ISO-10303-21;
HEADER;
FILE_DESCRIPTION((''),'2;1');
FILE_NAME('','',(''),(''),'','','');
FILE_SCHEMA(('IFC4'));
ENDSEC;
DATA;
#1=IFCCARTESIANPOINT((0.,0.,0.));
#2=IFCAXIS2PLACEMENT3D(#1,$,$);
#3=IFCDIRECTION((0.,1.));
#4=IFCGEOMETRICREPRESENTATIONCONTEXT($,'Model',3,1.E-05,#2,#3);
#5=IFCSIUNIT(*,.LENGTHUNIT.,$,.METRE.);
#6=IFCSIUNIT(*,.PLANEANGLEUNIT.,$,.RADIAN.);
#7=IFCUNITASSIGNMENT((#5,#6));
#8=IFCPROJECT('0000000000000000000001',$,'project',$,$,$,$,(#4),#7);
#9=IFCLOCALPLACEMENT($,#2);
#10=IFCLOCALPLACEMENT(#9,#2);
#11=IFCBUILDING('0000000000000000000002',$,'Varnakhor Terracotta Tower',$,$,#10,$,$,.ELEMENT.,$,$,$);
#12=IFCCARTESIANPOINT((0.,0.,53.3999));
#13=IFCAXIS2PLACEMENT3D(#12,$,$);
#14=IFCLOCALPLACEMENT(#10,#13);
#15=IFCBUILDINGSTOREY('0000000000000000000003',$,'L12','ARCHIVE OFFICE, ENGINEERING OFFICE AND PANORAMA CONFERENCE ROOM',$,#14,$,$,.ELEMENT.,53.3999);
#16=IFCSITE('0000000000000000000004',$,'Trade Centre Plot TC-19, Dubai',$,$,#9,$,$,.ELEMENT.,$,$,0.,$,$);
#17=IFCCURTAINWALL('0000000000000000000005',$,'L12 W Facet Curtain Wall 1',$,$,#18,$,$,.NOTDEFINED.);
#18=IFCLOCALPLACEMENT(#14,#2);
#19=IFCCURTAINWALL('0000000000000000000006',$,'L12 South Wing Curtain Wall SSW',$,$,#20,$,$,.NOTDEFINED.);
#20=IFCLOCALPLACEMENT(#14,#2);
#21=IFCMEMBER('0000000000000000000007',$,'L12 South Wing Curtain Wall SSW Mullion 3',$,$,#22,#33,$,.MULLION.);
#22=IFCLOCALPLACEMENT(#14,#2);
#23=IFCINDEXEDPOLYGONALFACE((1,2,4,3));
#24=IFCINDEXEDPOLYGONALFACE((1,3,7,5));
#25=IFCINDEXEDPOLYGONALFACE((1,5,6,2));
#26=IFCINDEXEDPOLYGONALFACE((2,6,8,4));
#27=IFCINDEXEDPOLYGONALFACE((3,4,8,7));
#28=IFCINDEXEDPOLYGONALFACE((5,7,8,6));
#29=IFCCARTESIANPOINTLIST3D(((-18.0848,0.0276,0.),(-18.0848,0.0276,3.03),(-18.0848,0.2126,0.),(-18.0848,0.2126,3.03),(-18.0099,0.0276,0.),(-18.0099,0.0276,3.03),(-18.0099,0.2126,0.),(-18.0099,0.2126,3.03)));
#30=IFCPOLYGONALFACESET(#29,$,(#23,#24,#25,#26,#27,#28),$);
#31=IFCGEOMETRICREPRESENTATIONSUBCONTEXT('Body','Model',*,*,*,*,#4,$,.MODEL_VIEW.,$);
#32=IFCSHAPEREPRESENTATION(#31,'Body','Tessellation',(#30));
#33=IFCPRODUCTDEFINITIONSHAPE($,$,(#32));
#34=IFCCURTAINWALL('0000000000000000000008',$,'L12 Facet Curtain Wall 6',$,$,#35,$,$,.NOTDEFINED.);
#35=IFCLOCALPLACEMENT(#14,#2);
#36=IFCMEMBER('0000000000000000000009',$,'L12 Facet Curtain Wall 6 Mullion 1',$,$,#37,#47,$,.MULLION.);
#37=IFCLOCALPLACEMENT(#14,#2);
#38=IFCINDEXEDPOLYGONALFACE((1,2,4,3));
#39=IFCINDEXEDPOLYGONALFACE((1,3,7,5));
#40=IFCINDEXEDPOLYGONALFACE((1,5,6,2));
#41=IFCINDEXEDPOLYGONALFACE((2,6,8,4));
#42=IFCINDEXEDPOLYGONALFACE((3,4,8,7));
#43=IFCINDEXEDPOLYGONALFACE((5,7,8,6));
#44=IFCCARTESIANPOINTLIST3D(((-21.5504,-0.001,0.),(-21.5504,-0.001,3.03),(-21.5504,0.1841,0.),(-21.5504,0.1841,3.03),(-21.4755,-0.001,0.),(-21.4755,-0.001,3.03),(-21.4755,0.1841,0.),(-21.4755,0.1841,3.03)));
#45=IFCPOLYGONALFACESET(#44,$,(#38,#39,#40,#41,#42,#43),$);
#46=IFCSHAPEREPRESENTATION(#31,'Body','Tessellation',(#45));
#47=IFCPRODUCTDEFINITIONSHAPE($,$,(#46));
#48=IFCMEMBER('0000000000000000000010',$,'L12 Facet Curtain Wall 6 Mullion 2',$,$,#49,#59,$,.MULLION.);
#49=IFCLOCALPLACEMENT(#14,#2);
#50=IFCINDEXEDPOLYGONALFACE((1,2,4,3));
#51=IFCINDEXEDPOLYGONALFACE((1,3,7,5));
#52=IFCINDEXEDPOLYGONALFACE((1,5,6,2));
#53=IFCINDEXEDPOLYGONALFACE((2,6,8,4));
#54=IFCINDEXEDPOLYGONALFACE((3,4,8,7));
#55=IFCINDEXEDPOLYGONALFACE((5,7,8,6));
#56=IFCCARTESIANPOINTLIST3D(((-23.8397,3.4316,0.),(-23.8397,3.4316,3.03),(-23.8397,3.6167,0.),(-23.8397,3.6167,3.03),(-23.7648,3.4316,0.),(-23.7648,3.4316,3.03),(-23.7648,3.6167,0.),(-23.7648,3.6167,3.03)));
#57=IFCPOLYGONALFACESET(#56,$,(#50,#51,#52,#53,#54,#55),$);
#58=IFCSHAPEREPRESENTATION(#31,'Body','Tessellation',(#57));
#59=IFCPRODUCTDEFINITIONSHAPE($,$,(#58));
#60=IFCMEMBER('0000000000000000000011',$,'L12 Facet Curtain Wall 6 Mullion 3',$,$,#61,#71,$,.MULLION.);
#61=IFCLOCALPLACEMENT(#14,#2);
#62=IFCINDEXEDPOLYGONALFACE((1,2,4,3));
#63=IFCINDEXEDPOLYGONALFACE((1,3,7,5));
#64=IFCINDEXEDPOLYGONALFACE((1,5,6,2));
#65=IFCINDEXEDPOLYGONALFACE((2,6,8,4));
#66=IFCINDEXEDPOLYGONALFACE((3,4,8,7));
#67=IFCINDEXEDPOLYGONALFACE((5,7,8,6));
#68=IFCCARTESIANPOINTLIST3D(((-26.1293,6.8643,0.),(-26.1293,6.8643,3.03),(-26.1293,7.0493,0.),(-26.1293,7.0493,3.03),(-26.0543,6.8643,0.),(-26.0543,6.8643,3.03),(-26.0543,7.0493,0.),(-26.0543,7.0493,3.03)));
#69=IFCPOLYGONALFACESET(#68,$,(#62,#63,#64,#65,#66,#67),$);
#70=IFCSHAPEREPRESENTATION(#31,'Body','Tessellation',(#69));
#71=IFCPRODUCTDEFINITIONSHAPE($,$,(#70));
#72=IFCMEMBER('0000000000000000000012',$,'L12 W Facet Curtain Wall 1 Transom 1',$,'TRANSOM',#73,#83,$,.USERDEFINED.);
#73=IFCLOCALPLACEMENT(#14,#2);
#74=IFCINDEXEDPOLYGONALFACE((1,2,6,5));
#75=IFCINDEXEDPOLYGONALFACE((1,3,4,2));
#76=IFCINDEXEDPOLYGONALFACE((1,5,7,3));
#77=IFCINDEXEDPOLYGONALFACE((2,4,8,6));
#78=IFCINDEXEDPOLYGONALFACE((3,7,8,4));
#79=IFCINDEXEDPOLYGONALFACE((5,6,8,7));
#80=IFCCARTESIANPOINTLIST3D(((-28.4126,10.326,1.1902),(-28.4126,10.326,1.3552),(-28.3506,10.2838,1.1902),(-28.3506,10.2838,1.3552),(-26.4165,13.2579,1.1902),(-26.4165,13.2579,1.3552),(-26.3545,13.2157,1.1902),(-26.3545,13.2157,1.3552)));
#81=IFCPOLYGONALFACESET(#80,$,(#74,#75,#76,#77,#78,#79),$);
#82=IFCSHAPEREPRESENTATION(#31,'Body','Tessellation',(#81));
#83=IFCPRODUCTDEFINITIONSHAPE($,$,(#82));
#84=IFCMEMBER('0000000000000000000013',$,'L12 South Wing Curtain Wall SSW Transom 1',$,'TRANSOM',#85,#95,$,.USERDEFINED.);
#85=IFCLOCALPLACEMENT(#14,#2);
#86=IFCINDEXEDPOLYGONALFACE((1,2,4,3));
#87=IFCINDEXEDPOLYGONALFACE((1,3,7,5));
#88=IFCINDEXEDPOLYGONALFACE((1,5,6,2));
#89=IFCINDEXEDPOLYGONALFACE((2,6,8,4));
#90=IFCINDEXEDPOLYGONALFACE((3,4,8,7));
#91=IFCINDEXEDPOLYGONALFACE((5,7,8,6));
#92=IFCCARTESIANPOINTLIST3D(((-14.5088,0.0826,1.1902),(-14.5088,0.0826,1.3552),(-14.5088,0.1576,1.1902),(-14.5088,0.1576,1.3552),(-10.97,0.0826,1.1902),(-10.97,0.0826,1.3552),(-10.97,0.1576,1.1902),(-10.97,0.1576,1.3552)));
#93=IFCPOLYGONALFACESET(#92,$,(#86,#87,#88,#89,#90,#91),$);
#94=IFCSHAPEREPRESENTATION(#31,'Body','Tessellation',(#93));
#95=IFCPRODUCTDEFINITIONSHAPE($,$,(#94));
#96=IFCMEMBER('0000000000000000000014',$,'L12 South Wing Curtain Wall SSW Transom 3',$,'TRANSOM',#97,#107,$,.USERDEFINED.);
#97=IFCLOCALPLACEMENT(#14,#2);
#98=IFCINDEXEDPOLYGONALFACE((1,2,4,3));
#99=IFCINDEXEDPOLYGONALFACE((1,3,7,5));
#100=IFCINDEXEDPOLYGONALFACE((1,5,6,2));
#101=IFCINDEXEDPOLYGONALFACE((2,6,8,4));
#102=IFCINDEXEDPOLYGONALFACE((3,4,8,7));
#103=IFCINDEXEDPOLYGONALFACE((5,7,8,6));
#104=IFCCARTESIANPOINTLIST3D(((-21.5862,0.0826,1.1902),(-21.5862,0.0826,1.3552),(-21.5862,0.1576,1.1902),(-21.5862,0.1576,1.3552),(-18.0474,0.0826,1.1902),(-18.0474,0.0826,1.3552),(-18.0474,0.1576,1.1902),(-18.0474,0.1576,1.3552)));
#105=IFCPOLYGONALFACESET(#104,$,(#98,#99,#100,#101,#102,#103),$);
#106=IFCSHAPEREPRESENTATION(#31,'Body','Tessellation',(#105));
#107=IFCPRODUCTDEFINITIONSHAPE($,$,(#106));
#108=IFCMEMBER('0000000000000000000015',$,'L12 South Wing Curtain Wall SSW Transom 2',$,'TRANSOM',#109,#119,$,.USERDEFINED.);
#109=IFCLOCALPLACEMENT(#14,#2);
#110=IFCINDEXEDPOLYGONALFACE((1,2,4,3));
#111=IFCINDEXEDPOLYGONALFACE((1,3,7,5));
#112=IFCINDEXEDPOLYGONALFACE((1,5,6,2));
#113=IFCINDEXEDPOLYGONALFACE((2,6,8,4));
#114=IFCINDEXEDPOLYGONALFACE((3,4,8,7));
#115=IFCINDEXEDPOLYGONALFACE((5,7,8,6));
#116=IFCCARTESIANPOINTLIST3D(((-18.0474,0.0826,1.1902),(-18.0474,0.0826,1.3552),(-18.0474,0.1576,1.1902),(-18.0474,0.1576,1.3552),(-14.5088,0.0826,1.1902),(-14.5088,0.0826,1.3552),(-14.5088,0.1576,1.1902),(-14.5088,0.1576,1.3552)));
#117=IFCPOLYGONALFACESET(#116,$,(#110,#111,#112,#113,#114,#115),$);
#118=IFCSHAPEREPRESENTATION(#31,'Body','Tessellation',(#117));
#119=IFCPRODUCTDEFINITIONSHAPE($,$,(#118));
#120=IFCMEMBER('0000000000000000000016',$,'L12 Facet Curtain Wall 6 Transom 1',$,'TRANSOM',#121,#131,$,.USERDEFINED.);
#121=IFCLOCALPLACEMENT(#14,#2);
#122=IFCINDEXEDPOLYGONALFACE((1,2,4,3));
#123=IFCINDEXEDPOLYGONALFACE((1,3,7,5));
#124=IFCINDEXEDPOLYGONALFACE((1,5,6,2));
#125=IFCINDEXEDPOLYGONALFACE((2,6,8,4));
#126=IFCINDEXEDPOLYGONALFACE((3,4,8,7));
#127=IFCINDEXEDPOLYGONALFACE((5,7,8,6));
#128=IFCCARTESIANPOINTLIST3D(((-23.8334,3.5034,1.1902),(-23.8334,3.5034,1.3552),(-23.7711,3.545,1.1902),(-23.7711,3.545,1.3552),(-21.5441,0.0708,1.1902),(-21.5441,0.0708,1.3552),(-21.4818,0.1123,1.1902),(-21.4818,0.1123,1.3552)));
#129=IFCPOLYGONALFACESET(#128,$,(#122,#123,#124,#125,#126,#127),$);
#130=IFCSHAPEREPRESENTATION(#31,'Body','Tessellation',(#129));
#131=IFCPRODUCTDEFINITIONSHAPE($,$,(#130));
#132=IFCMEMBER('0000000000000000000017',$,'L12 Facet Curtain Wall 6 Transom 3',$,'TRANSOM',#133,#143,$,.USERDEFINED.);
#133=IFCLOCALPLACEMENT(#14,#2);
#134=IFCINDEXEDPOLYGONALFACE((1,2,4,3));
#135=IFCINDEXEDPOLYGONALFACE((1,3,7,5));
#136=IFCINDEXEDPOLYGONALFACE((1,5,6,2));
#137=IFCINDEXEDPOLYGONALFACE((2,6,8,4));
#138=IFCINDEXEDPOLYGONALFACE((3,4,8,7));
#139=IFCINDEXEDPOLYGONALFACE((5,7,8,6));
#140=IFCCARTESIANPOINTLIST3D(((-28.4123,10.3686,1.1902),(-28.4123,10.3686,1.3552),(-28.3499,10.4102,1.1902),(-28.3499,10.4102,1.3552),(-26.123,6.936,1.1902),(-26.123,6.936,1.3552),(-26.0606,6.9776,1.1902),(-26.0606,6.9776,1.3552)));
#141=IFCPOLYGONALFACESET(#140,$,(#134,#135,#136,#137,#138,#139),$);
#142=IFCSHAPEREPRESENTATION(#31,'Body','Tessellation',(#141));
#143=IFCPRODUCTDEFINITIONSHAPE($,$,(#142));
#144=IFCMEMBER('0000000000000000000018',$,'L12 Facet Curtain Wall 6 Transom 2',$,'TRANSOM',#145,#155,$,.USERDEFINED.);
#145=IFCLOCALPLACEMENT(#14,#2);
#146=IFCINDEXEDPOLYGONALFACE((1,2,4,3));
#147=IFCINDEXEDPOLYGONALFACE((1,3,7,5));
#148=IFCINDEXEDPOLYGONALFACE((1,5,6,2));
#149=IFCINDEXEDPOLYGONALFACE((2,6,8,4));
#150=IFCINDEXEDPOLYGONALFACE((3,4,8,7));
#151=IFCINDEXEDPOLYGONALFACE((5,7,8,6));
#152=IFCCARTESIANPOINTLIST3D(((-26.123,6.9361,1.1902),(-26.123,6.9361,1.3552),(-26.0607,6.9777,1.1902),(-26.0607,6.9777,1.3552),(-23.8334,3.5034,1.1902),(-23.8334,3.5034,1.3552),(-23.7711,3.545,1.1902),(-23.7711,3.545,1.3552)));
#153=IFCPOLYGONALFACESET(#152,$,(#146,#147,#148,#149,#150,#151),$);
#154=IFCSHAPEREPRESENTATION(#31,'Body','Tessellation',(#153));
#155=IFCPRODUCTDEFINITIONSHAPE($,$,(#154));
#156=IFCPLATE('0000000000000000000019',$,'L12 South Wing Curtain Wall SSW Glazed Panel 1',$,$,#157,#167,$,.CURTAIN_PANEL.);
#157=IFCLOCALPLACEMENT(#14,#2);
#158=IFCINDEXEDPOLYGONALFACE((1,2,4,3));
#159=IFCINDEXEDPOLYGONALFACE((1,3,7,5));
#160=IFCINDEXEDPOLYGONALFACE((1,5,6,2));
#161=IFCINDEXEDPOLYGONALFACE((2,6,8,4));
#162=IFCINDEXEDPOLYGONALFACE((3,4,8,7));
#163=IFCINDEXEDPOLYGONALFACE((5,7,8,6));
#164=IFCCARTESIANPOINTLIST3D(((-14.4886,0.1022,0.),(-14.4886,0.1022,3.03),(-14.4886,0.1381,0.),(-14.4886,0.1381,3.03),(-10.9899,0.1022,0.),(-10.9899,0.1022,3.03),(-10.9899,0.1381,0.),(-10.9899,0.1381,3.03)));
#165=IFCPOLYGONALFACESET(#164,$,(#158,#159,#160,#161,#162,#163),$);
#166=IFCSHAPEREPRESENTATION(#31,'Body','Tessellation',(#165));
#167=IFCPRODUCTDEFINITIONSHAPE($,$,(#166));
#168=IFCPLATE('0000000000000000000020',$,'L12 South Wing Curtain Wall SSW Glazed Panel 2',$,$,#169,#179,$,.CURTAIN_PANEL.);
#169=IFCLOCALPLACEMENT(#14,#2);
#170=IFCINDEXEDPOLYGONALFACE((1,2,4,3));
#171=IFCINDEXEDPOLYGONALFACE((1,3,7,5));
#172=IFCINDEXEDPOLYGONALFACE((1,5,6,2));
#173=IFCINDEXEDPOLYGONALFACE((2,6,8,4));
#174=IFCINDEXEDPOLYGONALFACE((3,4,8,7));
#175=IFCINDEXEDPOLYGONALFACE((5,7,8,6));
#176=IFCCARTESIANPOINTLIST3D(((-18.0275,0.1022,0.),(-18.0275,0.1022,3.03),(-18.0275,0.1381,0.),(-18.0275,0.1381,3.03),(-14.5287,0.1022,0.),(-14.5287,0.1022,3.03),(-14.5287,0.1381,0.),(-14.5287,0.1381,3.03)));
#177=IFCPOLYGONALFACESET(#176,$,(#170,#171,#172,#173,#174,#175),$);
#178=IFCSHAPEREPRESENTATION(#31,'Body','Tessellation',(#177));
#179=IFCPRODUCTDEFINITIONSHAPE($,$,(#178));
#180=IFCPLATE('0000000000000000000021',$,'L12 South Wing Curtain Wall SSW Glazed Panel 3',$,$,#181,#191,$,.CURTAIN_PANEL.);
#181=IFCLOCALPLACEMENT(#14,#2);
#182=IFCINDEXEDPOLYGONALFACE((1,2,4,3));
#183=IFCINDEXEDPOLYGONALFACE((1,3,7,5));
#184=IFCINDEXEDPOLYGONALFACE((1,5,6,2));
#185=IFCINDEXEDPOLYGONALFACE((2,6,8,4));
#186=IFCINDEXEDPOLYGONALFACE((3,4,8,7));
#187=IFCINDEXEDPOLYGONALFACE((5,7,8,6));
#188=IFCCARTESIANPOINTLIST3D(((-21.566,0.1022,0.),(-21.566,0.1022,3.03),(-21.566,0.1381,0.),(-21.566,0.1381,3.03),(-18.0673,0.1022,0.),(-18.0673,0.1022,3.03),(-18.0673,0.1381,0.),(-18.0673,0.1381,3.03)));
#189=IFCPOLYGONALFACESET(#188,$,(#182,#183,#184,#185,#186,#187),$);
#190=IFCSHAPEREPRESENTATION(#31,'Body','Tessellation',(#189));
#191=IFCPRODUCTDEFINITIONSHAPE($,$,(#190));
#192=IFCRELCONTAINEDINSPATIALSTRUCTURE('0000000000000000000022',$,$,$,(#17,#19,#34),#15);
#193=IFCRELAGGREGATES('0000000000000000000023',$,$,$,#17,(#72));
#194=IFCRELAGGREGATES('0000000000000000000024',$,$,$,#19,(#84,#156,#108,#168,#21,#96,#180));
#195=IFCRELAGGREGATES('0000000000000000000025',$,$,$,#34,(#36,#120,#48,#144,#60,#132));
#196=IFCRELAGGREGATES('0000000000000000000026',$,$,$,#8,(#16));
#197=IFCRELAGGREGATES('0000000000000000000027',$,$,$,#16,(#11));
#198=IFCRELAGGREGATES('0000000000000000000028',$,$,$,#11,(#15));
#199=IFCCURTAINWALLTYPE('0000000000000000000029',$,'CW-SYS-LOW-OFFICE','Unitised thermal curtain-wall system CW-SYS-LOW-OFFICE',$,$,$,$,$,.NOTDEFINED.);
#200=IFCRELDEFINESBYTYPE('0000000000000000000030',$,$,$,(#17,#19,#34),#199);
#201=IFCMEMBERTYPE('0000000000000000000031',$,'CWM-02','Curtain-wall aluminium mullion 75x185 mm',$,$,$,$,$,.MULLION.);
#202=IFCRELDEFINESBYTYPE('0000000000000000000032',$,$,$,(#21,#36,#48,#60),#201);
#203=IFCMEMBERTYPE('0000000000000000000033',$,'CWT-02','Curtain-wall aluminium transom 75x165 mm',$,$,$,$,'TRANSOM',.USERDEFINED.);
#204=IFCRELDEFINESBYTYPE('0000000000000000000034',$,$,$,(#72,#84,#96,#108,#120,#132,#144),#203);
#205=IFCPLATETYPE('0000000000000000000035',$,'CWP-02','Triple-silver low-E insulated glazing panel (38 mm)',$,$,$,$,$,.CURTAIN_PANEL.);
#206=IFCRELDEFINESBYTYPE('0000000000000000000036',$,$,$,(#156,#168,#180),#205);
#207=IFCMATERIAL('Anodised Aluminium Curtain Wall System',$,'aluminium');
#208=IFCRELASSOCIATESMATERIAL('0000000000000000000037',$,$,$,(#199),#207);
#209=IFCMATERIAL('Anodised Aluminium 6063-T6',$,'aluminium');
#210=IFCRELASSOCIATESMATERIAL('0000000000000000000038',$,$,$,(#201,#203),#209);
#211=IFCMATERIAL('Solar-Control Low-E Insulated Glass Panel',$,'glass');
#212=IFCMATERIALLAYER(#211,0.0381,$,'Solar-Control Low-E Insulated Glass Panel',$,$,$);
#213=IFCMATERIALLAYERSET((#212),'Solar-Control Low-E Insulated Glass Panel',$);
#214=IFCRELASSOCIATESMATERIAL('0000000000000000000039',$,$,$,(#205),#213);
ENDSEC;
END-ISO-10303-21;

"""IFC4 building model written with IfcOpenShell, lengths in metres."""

from ifc_helpers import new_model, si_unit, direction, frame, origin, origin_2d, place, context, subcontext, project, spatial, rectangle, extrude, source, transform, mapped, material, layer, layer_set, material_profile, profile_set, type_object, type_shapes, element, aggregate, save


model = new_model("IFC4")

# Units and contexts
model_context = context("Model", 3, precision=1e-05, world=origin(), true_north=direction((0.0, 1.0)))
body_context = subcontext(model_context, "Body", "Model", "MODEL_VIEW")
ifc_project = project(units=[si_unit("LENGTHUNIT", "METRE"), si_unit("PLANEANGLEUNIT", "RADIAN")], contexts=[model_context])

# Site, building, storey
site_placement = place(None, origin())
site = spatial("IfcSite", under=ifc_project, at=site_placement, Name="Trade Centre Plot TC-19, Dubai", CompositionType="ELEMENT", RefElevation=0.0)
building_placement = place(site_placement, origin())
building = spatial("IfcBuilding", under=site, at=building_placement, Name="Varnakhor Terracotta Tower", CompositionType="ELEMENT")
storey_placement = place(building_placement, frame((0.0, 0.0, 53.3999)))
storey = spatial("IfcBuildingStorey", under=building, at=storey_placement, Name="L12", Description="ARCHIVE OFFICE, ENGINEERING OFFICE AND PANORAMA CONFERENCE ROOM", CompositionType="ELEMENT", Elevation=53.3999)

# Curtain wall
ifc_material_1 = material(Name="Anodised Aluminium Curtain Wall System", Category="aluminium")
curtain_wall_type = type_object("IfcCurtainWallType", Name="CW-SYS-LOW-OFFICE", Description="Unitised thermal curtain-wall system CW-SYS-LOW-OFFICE", PredefinedType="NOTDEFINED", material=ifc_material_1)
curtain_wall_1_placement = place(storey_placement, origin())
curtain_wall_1 = element("IfcCurtainWall", 1, at=curtain_wall_1_placement, inside=storey, type_object=curtain_wall_type, Name="L12 W Facet Curtain Wall 1", PredefinedType="NOTDEFINED")
ifc_material_2 = material(Name="Anodised Aluminium 6063-T6", Category="aluminium")
ifc_material_profile_1 = material_profile(ifc_material_2, rectangle(XDim=0.075, YDim=0.1851, at=origin_2d()), Name="ALU MULLION 75x185")
ifc_profile_set_1 = profile_set([ifc_material_profile_1], Name="Anodised Aluminium 6063-T6")
member_type_1 = type_object("IfcMemberType", Name="CWM-02", Description="Curtain-wall aluminium mullion 75x185 mm", PredefinedType="MULLION", material=ifc_profile_set_1)
shared_shape_1 = source(origin(), body_context, "Body", "SweptSolid", [
    extrude(rectangle(XDim=0.075, YDim=0.1851, at=origin_2d()), origin(), (0.0, 0.0, 1.0), 3.03),
])
type_shapes(member_type_1, [shared_shape_1])

# Curtain walls, members
curtain_wall_2_placement = place(storey_placement, origin())
curtain_wall_2 = element("IfcCurtainWall", 2, at=curtain_wall_2_placement, inside=storey, type_object=curtain_wall_type, Name="L12 South Wing Curtain Wall SSW", PredefinedType="NOTDEFINED")
member_1_placement = place(storey_placement, frame((-18.0474, 0.1201, 0.0), z_axis=(0.0, 0.0, 1.0), x_axis=(1.0, 0.0, 0.0)))
member_1 = element("IfcMember", 3, at=member_1_placement, type_object=member_type_1, Name="L12 South Wing Curtain Wall SSW Mullion 3", PredefinedType="MULLION", context=body_context, shape_type="MappedRepresentation", body=[
    mapped(shared_shape_1, transform((0.0, 0.0, 0.0), scale=1.0)),
])
curtain_wall_3_placement = place(storey_placement, origin())
curtain_wall_3 = element("IfcCurtainWall", 4, at=curtain_wall_3_placement, inside=storey, type_object=curtain_wall_type, Name="L12 Facet Curtain Wall 6", PredefinedType="NOTDEFINED")
member_2_placement = place(storey_placement, frame((-21.5129, 0.0916, 0.0), z_axis=(0.0, 0.0, 1.0), x_axis=(1.0, 0.0, 0.0)))
member_2 = element("IfcMember", 5, at=member_2_placement, type_object=member_type_1, Name="L12 Facet Curtain Wall 6 Mullion 1", PredefinedType="MULLION", context=body_context, shape_type="MappedRepresentation", body=[
    mapped(shared_shape_1, transform((0.0, 0.0, 0.0), scale=1.0)),
])
member_3_placement = place(storey_placement, frame((-23.8022, 3.5242, 0.0), z_axis=(0.0, 0.0, 1.0), x_axis=(1.0, 0.0, 0.0)))
member_3 = element("IfcMember", 6, at=member_3_placement, type_object=member_type_1, Name="L12 Facet Curtain Wall 6 Mullion 2", PredefinedType="MULLION", context=body_context, shape_type="MappedRepresentation", body=[
    mapped(shared_shape_1, transform((0.0, 0.0, 0.0), scale=1.0)),
])
member_4_placement = place(storey_placement, frame((-26.0918, 6.9568, 0.0), z_axis=(0.0, 0.0, 1.0), x_axis=(1.0, 0.0, 0.0)))
member_4 = element("IfcMember", 7, at=member_4_placement, type_object=member_type_1, Name="L12 Facet Curtain Wall 6 Mullion 3", PredefinedType="MULLION", context=body_context, shape_type="MappedRepresentation", body=[
    mapped(shared_shape_1, transform((0.0, 0.0, 0.0), scale=1.0)),
])

# Members
ifc_material_profile_2 = material_profile(ifc_material_2, rectangle(XDim=0.075, YDim=0.165, at=origin_2d()), Name="ALU TRANSOM 75x165")
ifc_profile_set_2 = profile_set([ifc_material_profile_2], Name="Anodised Aluminium 6063-T6")
member_type_2 = type_object("IfcMemberType", Name="CWT-02", Description="Curtain-wall aluminium transom 75x165 mm", ElementType="TRANSOM", PredefinedType="USERDEFINED", material=ifc_profile_set_2)
shared_shape_2 = source(origin(), body_context, "Body", "SweptSolid", [
    extrude(rectangle(XDim=0.075, YDim=0.165, at=origin_2d()), origin(), (0.0, 0.0, 1.0), 3.5469),
])
member_5_placement = place(storey_placement, frame((-28.3816, 10.3049, 1.2727), z_axis=(0.562775, 0.82661, 0.0), x_axis=(-0.82661, 0.562775, 0.0)))
member_5 = element("IfcMember", 8, at=member_5_placement, type_object=member_type_2, Name="L12 W Facet Curtain Wall 1 Transom 1", ObjectType="TRANSOM", PredefinedType="USERDEFINED", context=body_context, shape_type="MappedRepresentation", body=[
    mapped(shared_shape_2, transform((0.0, 0.0, 0.0), scale=1.0)),
])
aggregate(curtain_wall_1, [member_5])
shared_shape_3 = source(origin(), body_context, "Body", "SweptSolid", [
    extrude(rectangle(XDim=0.075, YDim=0.165, at=origin_2d()), origin(), (0.0, 0.0, 1.0), 3.5388),
])
member_6_placement = place(storey_placement, frame((-10.97, 0.1201, 1.2727), z_axis=(-1.0, 0.0, 0.0), x_axis=(0.0, -1.0, 0.0)))
member_6 = element("IfcMember", 9, at=member_6_placement, type_object=member_type_2, Name="L12 South Wing Curtain Wall SSW Transom 1", ObjectType="TRANSOM", PredefinedType="USERDEFINED", context=body_context, shape_type="MappedRepresentation", body=[
    mapped(shared_shape_3, transform((0.0, 0.0, 0.0), scale=1.0)),
])
member_7_placement = place(storey_placement, frame((-18.0474, 0.1201, 1.2727), z_axis=(-1.0, 0.0, 0.0), x_axis=(0.0, -1.0, 0.0)))
member_7 = element("IfcMember", 10, at=member_7_placement, type_object=member_type_2, Name="L12 South Wing Curtain Wall SSW Transom 3", ObjectType="TRANSOM", PredefinedType="USERDEFINED", context=body_context, shape_type="MappedRepresentation", body=[
    mapped(shared_shape_3, transform((0.0, 0.0, 0.0), scale=1.0)),
])
shared_shape_4 = source(origin(), body_context, "Body", "SweptSolid", [
    extrude(rectangle(XDim=0.075, YDim=0.165, at=origin_2d()), origin(), (0.0, 0.0, 1.0), 3.5386),
])
member_8_placement = place(storey_placement, frame((-14.5088, 0.1201, 1.2727), z_axis=(-1.0, 0.0, 0.0), x_axis=(0.0, -1.0, 0.0)))
member_8 = element("IfcMember", 11, at=member_8_placement, type_object=member_type_2, Name="L12 South Wing Curtain Wall SSW Transom 2", ObjectType="TRANSOM", PredefinedType="USERDEFINED", context=body_context, shape_type="MappedRepresentation", body=[
    mapped(shared_shape_4, transform((0.0, 0.0, 0.0), scale=1.0)),
])
shared_shape_5 = source(origin(), body_context, "Body", "SweptSolid", [
    extrude(rectangle(XDim=0.075, YDim=0.165, at=origin_2d()), origin(), (0.0, 0.0, 1.0), 4.126),
])
member_9_placement = place(storey_placement, frame((-21.5129, 0.0916, 1.2727), z_axis=(-0.55485, 0.83195, 0.0), x_axis=(-0.83195, -0.55485, 0.0)))
member_9 = element("IfcMember", 12, at=member_9_placement, type_object=member_type_2, Name="L12 Facet Curtain Wall 6 Transom 1", ObjectType="TRANSOM", PredefinedType="USERDEFINED", context=body_context, shape_type="MappedRepresentation", body=[
    mapped(shared_shape_5, transform((0.0, 0.0, 0.0), scale=1.0)),
])
member_10_placement = place(storey_placement, frame((-26.0918, 6.9568, 1.2727), z_axis=(-0.55485, 0.83195, 0.0), x_axis=(-0.83195, -0.55485, 0.0)))
member_10 = element("IfcMember", 13, at=member_10_placement, type_object=member_type_2, Name="L12 Facet Curtain Wall 6 Transom 3", ObjectType="TRANSOM", PredefinedType="USERDEFINED", context=body_context, shape_type="MappedRepresentation", body=[
    mapped(shared_shape_5, transform((0.0, 0.0, 0.0), scale=1.0)),
])
shared_shape_6 = source(origin(), body_context, "Body", "SweptSolid", [
    extrude(rectangle(XDim=0.075, YDim=0.165, at=origin_2d()), origin(), (0.0, 0.0, 1.0), 4.1262),
])
member_11_placement = place(storey_placement, frame((-23.8022, 3.5242, 1.2727), z_axis=(-0.554891, 0.831923, 0.0), x_axis=(-0.831923, -0.554891, 0.0)))
member_11 = element("IfcMember", 14, at=member_11_placement, type_object=member_type_2, Name="L12 Facet Curtain Wall 6 Transom 2", ObjectType="TRANSOM", PredefinedType="USERDEFINED", context=body_context, shape_type="MappedRepresentation", body=[
    mapped(shared_shape_6, transform((0.0, 0.0, 0.0), scale=1.0)),
])

# Plates
ifc_material_3 = material(Name="Solar-Control Low-E Insulated Glass Panel", Category="glass")
ifc_layer_1 = layer(ifc_material_3, 0.0381, Name="Solar-Control Low-E Insulated Glass Panel")
ifc_layer_set_1 = layer_set([ifc_layer_1], Name="Solar-Control Low-E Insulated Glass Panel")
plate_type = type_object("IfcPlateType", Name="CWP-02", Description="Triple-silver low-E insulated glazing panel (38 mm)", PredefinedType="CURTAIN_PANEL", material=ifc_layer_set_1)
shared_shape_7 = source(origin(), body_context, "Body", "SweptSolid", [
    extrude(rectangle(XDim=3.4988, YDim=0.0359, at=origin_2d()), origin(), (0.0, 0.0, 1.0), 3.03),
])
plate_1_placement = place(storey_placement, frame((-12.7393, 0.1201, 0.0), z_axis=(0.0, 0.0, 1.0), x_axis=(-1.0, 0.0, 0.0)))
plate_1 = element("IfcPlate", 15, at=plate_1_placement, type_object=plate_type, Name="L12 South Wing Curtain Wall SSW Glazed Panel 1", PredefinedType="CURTAIN_PANEL", context=body_context, shape_type="MappedRepresentation", body=[
    mapped(shared_shape_7, transform((0.0, 0.0, 0.0), scale=1.0)),
])
plate_2_placement = place(storey_placement, frame((-16.2781, 0.1201, 0.0), z_axis=(0.0, 0.0, 1.0), x_axis=(-1.0, 0.0, 0.0)))
plate_2 = element("IfcPlate", 16, at=plate_2_placement, type_object=plate_type, Name="L12 South Wing Curtain Wall SSW Glazed Panel 2", PredefinedType="CURTAIN_PANEL", context=body_context, shape_type="MappedRepresentation", body=[
    mapped(shared_shape_7, transform((0.0, 0.0, 0.0), scale=1.0)),
])
plate_3_placement = place(storey_placement, frame((-19.8167, 0.1201, 0.0), z_axis=(0.0, 0.0, 1.0), x_axis=(-1.0, 0.0, 0.0)))
plate_3 = element("IfcPlate", 17, at=plate_3_placement, type_object=plate_type, Name="L12 South Wing Curtain Wall SSW Glazed Panel 3", PredefinedType="CURTAIN_PANEL", context=body_context, shape_type="MappedRepresentation", body=[
    mapped(shared_shape_7, transform((0.0, 0.0, 0.0), scale=1.0)),
])
aggregate(curtain_wall_2, [member_6, plate_1, member_8, plate_2, member_1, member_7, plate_3])
aggregate(curtain_wall_3, [member_2, member_9, member_3, member_11, member_4, member_10])

save(model, "model.ifc")
